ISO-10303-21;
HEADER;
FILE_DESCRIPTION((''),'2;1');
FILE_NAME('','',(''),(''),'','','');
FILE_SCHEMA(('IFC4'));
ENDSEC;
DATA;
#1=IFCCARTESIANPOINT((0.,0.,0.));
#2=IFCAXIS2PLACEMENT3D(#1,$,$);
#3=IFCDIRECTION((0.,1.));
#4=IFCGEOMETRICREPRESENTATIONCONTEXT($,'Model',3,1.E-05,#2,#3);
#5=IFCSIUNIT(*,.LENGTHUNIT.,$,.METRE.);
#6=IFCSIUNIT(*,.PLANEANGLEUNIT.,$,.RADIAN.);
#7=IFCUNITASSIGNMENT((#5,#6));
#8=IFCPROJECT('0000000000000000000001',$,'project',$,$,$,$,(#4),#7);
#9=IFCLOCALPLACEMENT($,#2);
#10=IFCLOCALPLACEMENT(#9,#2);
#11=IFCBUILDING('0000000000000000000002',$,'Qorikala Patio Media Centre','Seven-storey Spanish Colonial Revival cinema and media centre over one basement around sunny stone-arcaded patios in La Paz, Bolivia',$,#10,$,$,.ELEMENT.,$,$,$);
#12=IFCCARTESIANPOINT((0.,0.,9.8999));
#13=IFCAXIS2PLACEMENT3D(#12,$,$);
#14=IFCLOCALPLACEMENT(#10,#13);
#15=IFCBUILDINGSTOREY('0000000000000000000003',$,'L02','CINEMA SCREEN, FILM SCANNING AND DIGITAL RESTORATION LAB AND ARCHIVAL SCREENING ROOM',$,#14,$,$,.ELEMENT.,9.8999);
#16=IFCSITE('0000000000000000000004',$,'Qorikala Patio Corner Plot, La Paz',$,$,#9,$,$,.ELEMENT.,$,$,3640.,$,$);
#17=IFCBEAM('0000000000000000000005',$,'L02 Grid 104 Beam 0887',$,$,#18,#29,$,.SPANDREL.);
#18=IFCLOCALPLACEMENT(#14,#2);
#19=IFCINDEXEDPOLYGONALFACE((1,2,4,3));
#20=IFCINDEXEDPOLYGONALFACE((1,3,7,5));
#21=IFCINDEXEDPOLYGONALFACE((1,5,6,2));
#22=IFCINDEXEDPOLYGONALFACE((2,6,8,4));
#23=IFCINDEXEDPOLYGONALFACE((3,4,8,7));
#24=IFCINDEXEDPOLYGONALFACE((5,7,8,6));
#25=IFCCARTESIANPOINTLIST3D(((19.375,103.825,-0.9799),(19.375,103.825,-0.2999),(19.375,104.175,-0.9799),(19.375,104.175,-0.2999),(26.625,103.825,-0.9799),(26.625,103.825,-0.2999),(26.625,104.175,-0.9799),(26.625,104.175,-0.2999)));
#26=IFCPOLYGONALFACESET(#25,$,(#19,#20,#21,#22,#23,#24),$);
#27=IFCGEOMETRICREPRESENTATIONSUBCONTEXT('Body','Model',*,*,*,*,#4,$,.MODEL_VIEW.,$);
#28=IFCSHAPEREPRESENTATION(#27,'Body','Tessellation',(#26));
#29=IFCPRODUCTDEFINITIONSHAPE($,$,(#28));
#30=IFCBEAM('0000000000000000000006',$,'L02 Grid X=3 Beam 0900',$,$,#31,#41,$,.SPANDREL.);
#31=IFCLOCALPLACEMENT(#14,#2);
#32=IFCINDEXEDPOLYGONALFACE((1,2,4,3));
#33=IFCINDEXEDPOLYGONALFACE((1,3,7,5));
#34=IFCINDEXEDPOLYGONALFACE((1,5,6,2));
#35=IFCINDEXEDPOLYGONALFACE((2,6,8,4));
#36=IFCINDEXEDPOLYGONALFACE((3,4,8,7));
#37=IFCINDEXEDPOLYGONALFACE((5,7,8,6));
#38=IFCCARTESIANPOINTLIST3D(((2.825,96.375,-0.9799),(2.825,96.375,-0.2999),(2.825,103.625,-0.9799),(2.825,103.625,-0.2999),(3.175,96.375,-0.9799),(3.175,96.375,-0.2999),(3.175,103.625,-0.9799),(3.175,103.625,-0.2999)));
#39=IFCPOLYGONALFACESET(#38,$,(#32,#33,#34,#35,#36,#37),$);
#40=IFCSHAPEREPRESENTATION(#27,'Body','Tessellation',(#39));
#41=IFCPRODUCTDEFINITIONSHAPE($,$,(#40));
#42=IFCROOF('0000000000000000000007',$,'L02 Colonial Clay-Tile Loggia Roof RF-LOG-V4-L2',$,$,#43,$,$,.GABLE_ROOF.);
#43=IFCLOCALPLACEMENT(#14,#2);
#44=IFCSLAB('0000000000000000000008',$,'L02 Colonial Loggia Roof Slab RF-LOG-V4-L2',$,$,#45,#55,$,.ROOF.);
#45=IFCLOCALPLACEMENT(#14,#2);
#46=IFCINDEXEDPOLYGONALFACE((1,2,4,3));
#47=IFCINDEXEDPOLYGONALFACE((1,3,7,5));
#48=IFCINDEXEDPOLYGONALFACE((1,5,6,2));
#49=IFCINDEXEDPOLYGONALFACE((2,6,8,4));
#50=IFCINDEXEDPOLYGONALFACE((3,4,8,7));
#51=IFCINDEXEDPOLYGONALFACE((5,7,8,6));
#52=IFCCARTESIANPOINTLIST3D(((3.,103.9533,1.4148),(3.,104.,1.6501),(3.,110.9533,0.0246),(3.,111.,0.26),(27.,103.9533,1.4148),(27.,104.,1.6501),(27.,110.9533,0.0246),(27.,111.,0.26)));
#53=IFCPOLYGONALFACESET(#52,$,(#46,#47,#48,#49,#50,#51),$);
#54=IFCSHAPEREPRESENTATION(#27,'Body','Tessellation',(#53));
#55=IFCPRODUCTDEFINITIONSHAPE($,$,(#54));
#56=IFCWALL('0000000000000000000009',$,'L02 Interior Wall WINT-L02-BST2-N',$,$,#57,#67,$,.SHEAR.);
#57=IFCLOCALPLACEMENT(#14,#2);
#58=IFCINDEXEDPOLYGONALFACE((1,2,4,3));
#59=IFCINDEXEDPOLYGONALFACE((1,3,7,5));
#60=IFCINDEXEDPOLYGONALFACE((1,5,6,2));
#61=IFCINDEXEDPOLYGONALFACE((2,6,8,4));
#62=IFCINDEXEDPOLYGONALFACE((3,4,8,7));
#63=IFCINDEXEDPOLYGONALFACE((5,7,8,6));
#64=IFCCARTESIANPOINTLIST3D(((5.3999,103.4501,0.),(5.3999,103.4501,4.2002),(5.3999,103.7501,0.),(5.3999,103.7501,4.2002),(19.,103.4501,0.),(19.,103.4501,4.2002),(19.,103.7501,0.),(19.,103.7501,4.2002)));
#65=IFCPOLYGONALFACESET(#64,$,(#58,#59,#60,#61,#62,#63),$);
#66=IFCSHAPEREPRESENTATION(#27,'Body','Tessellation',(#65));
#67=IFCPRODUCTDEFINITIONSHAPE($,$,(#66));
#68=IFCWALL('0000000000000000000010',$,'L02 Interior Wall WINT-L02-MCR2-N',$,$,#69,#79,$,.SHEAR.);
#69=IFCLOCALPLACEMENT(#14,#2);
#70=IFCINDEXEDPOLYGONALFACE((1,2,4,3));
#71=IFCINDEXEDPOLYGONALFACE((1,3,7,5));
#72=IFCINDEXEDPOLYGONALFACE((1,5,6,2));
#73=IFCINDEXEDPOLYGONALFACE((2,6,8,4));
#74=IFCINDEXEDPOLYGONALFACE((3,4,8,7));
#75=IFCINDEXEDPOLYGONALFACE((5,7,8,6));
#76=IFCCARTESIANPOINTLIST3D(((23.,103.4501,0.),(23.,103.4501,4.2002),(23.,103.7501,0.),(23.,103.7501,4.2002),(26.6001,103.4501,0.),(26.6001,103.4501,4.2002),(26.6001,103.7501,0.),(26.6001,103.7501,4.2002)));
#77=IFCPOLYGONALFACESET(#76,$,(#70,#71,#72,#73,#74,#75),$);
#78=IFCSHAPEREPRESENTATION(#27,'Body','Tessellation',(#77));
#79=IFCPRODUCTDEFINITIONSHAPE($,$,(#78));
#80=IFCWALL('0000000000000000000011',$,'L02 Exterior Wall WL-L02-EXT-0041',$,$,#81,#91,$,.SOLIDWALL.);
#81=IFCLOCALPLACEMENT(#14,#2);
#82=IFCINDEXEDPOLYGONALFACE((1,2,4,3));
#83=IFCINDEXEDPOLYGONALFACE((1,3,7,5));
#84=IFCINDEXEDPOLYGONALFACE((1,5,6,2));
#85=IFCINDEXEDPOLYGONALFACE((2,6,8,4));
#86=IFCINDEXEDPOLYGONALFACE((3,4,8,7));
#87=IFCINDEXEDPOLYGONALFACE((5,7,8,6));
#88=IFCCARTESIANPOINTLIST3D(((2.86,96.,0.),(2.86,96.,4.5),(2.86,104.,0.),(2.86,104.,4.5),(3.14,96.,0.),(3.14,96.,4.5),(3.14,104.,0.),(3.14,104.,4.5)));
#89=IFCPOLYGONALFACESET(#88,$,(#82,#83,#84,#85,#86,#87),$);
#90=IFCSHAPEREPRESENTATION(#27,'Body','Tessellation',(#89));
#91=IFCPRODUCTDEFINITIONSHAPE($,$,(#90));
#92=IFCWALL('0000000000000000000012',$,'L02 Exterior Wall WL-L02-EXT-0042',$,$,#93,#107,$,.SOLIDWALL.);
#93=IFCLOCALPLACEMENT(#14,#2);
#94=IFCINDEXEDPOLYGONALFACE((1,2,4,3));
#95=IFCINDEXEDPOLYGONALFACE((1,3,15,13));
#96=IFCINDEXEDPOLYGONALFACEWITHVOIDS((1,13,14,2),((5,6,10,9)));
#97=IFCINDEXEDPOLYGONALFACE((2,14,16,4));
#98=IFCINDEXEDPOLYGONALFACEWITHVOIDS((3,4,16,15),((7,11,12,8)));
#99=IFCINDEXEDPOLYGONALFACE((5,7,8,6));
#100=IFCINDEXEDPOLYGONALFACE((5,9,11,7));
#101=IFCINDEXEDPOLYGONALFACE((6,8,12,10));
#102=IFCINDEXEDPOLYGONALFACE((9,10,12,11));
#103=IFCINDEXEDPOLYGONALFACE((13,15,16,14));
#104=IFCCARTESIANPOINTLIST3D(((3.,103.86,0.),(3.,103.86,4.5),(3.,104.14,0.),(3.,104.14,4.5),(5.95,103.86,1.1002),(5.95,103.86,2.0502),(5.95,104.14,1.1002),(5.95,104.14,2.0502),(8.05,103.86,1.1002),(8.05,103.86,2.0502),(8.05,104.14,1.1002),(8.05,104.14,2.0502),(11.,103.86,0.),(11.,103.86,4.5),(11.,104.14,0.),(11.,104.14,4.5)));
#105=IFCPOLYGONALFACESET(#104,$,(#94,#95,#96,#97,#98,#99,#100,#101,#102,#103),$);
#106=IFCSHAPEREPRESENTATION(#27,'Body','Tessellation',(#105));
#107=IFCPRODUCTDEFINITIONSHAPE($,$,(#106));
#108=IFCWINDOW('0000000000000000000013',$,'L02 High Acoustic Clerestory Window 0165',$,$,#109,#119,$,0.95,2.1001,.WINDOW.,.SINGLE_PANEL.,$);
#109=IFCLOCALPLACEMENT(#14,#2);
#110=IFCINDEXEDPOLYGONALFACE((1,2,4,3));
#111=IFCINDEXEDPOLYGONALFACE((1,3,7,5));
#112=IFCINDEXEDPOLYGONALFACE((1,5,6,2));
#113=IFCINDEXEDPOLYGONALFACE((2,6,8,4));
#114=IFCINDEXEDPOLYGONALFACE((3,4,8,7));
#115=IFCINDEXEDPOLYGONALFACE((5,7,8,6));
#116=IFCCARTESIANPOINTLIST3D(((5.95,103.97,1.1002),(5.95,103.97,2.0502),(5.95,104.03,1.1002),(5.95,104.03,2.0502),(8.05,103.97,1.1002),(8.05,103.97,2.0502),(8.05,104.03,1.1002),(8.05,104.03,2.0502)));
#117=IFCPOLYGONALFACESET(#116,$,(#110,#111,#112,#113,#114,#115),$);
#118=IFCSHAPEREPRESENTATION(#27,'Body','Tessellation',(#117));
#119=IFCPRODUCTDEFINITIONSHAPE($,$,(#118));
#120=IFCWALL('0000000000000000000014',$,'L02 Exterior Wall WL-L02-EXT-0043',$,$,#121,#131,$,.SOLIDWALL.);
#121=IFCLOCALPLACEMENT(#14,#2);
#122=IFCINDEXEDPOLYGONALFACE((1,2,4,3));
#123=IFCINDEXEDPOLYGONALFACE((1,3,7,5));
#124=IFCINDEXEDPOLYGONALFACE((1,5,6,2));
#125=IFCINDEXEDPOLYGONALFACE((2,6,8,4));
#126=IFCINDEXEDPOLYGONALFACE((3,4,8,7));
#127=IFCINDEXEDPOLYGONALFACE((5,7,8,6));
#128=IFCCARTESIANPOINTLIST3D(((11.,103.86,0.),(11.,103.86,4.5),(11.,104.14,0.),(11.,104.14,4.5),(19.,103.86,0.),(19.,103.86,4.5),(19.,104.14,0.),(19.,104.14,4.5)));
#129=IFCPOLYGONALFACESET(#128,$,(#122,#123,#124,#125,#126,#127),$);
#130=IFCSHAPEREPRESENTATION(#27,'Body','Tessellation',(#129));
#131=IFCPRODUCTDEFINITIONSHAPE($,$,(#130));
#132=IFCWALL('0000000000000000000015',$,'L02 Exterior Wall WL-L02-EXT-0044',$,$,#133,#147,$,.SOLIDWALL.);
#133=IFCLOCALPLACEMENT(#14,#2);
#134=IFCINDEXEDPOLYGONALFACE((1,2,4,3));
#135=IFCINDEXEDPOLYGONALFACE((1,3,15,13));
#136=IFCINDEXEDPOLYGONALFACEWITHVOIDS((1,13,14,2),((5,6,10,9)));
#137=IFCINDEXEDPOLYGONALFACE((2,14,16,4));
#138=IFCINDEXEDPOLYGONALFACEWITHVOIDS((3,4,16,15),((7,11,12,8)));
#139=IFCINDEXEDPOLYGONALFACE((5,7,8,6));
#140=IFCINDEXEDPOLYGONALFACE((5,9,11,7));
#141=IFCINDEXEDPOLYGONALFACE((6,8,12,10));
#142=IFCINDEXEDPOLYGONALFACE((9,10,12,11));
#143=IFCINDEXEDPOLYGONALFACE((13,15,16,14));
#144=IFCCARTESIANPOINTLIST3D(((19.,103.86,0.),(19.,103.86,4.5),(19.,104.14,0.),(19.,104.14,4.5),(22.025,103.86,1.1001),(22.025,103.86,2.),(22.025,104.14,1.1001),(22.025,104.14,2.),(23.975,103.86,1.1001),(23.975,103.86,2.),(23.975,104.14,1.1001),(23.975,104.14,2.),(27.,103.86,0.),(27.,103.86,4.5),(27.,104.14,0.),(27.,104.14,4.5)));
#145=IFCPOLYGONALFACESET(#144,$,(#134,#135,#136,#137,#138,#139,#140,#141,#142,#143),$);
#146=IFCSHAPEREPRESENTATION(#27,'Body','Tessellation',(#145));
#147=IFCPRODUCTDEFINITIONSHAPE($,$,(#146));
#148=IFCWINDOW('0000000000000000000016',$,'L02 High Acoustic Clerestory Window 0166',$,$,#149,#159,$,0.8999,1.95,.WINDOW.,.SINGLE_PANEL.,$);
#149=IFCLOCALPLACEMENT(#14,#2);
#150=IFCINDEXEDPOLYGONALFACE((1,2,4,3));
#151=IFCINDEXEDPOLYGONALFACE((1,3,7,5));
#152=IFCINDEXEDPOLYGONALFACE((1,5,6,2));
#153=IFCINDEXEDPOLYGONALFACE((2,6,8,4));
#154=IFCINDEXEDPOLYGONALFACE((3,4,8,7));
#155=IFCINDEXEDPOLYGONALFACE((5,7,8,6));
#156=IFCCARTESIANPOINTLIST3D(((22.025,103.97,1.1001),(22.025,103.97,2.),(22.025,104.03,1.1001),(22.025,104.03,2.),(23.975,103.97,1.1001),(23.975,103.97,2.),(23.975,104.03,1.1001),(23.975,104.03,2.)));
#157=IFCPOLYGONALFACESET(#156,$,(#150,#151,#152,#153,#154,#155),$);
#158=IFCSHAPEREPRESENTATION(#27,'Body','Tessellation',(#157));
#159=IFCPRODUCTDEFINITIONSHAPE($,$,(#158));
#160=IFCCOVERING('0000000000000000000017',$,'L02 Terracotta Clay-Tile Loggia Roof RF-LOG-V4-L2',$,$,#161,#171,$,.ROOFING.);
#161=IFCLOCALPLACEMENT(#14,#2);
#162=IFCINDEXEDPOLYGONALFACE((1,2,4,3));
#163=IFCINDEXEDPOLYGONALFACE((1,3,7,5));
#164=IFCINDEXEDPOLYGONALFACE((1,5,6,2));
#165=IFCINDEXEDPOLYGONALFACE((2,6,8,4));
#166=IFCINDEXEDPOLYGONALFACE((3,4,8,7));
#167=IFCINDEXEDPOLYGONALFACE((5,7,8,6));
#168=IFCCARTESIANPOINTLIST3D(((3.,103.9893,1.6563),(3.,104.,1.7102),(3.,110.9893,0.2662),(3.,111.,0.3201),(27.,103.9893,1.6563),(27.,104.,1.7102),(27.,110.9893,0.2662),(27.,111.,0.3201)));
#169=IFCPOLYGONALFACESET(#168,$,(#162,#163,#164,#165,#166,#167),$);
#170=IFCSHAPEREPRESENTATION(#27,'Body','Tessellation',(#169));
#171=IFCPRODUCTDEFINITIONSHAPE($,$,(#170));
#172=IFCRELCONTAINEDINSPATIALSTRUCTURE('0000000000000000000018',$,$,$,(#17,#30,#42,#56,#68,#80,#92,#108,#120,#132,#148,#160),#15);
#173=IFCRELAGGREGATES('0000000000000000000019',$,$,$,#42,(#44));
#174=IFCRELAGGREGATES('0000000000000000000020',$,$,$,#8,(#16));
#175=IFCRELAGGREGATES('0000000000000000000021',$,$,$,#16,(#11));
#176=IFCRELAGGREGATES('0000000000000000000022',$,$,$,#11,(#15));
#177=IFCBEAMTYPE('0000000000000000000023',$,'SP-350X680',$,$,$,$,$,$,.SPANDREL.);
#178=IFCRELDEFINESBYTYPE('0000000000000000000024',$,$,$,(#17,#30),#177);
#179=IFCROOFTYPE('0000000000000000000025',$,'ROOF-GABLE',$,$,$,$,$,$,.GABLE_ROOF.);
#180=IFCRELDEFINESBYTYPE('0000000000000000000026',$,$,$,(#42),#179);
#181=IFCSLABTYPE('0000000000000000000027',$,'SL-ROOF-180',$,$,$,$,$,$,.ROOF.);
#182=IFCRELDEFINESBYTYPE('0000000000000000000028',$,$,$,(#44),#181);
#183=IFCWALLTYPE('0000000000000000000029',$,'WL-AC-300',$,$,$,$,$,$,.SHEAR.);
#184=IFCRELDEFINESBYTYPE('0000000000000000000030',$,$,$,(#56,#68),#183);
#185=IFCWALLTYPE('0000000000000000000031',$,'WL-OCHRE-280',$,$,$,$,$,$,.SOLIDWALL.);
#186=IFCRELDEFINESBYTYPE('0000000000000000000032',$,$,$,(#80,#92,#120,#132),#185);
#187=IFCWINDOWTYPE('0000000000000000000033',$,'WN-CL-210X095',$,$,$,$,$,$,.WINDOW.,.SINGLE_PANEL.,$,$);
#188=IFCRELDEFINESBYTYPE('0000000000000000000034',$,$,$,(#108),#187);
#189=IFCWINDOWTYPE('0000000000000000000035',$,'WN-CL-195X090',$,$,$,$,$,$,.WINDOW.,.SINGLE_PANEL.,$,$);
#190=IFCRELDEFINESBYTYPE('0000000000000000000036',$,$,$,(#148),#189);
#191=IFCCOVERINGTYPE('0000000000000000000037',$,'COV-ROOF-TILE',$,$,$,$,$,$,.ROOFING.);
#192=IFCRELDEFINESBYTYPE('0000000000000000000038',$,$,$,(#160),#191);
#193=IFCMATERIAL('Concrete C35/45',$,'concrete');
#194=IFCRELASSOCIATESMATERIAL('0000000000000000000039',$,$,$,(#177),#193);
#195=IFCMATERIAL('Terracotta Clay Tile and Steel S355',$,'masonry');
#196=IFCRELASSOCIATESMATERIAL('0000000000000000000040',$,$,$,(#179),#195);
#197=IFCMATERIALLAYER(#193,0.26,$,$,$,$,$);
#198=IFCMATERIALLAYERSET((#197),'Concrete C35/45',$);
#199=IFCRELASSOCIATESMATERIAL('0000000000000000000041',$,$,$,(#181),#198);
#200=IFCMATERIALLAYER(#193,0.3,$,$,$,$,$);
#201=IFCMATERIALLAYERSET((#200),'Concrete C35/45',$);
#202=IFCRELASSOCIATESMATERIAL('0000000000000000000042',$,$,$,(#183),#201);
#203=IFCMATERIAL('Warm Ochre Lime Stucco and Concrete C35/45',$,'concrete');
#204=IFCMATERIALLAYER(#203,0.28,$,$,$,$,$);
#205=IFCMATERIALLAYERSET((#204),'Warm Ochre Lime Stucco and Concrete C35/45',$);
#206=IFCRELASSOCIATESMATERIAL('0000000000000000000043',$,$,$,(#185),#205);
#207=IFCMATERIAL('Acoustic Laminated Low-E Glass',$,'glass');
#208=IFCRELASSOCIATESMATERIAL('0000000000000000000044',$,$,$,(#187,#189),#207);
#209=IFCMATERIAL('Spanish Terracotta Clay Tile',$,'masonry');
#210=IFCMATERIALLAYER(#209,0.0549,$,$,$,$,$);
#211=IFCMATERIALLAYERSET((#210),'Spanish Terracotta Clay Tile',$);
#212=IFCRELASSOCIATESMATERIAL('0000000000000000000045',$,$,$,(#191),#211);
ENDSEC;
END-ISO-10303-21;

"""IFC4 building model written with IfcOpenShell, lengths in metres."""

from ifc_helpers import new_model, si_unit, direction, frame, frame_2d, origin, origin_2d, place, context, subcontext, project, spatial, polyline, rectangle, outline, extrude, material, layer, layer_set, material_profile, profile_set, type_object, element, fill, aggregate, save


model = new_model("IFC4")

# Units and contexts
model_context = context("Model", 3, precision=1e-05, world=origin(), true_north=direction((0.0, 1.0)))
body_context = subcontext(model_context, "Body", "Model", "MODEL_VIEW")
ifc_project = project(units=[si_unit("LENGTHUNIT", "METRE"), si_unit("PLANEANGLEUNIT", "RADIAN")], contexts=[model_context])

# Site, building, storey
site_placement = place(None, origin())
site = spatial("IfcSite", under=ifc_project, at=site_placement, Name="Qorikala Patio Corner Plot, La Paz", CompositionType="ELEMENT", RefElevation=3640.0)
building_placement = place(site_placement, origin())
building = spatial("IfcBuilding", under=site, at=building_placement, Name="Qorikala Patio Media Centre", Description="Seven-storey Spanish Colonial Revival cinema and media centre over one basement around sunny stone-arcaded patios in La Paz, Bolivia", CompositionType="ELEMENT")
storey_placement = place(building_placement, frame((0.0, 0.0, 9.8999)))
storey = spatial("IfcBuildingStorey", under=building, at=storey_placement, Name="L02", Description="CINEMA SCREEN, FILM SCANNING AND DIGITAL RESTORATION LAB AND ARCHIVAL SCREENING ROOM", CompositionType="ELEMENT", Elevation=9.8999)

# Shared definitions
ifc_material_1 = material(Name="Concrete C35/45", Category="concrete")

# Beams
ifc_material_profile_1 = material_profile(ifc_material_1, rectangle(XDim=0.3501, YDim=0.6799, at=origin_2d()), Name="RC 350x680")
ifc_profile_set_1 = profile_set([ifc_material_profile_1], Name="Concrete C35/45")
beam_type_1 = type_object("IfcBeamType", Name="SP-350X680", PredefinedType="SPANDREL", material=ifc_profile_set_1)
for number, where, z_axis, x_axis, name in (
    (1, (19.375, 104.0, -0.6399), (1.0, 0.0, 0.0), (0.0, 1.0, 0.0), "L02 Grid 104 Beam 0887"),
    (2, (3.0, 96.375, -0.6399), (0.0, 1.0, 0.0), (-1.0, 0.0, 0.0), "L02 Grid X=3 Beam 0900"),
):
    element("IfcBeam", number, at=place(storey_placement, frame(where, z_axis=z_axis, x_axis=x_axis)), inside=storey, type_object=beam_type_1, Name=name, PredefinedType="SPANDREL", context=body_context, shape_type="SweptSolid", body=[
        extrude(rectangle(XDim=0.3501, YDim=0.6799, at=origin_2d()), origin(), (0.0, 0.0, 1.0), 7.25),
    ])

# Roof, slab
ifc_material_2 = material(Name="Terracotta Clay Tile and Steel S355", Category="masonry")
roof_type = type_object("IfcRoofType", Name="ROOF-GABLE", PredefinedType="GABLE_ROOF", material=ifc_material_2)
roof_placement = place(storey_placement, origin())
roof = element("IfcRoof", 3, at=roof_placement, inside=storey, type_object=roof_type, Name="L02 Colonial Clay-Tile Loggia Roof RF-LOG-V4-L2", PredefinedType="GABLE_ROOF")
ifc_layer_1 = layer(ifc_material_1, 0.26)
ifc_layer_set_1 = layer_set([ifc_layer_1], Name="Concrete C35/45")
slab_type = type_object("IfcSlabType", Name="SL-ROOF-180", PredefinedType="ROOF", material=ifc_layer_set_1)
slab_placement = place(storey_placement, frame((3.0, 111.0, 0.26), z_axis=(0.0, 0.194787, 0.980846), x_axis=(1.0, 0.0, 0.0)))
slab = element("IfcSlab", 4, at=slab_placement, type_object=slab_type, Name="L02 Colonial Loggia Roof Slab RF-LOG-V4-L2", PredefinedType="ROOF", context=body_context, shape_type="SweptSolid", body=[
    extrude(outline(polyline([(0.0, 0.0), (24.0, 0.0), (24.0, -7.1367), (0.0, -7.1367), (0.0, 0.0)])), origin(), (0.0, 0.0, -1.0), 0.24),
])
aggregate(roof, [slab])

# Walls
ifc_layer_2 = layer(ifc_material_1, 0.3)
ifc_layer_set_2 = layer_set([ifc_layer_2], Name="Concrete C35/45")
wall_type_1 = type_object("IfcWallType", Name="WL-AC-300", PredefinedType="SHEAR", material=ifc_layer_set_2)
wall_1_placement = place(storey_placement, frame((5.3999, 103.6001, 0.0), z_axis=(0.0, 0.0, 1.0), x_axis=(1.0, 0.0, 0.0)))
element("IfcWall", 5, at=wall_1_placement, inside=storey, type_object=wall_type_1, Name="L02 Interior Wall WINT-L02-BST2-N", PredefinedType="SHEAR", context=body_context, shape_type="SweptSolid", body=[
    extrude(rectangle(XDim=13.6001, YDim=0.3, at=frame_2d((6.8, 0.0))), origin(), (0.0, 0.0, 1.0), 4.2002),
])
wall_2_placement = place(storey_placement, frame((23.0, 103.6001, 0.0), z_axis=(0.0, 0.0, 1.0), x_axis=(1.0, 0.0, 0.0)))
element("IfcWall", 6, at=wall_2_placement, inside=storey, type_object=wall_type_1, Name="L02 Interior Wall WINT-L02-MCR2-N", PredefinedType="SHEAR", context=body_context, shape_type="SweptSolid", body=[
    extrude(rectangle(XDim=3.6001, YDim=0.3, at=frame_2d((1.8, 0.0))), origin(), (0.0, 0.0, 1.0), 4.2002),
])
ifc_material_3 = material(Name="Warm Ochre Lime Stucco and Concrete C35/45", Category="concrete")
ifc_layer_3 = layer(ifc_material_3, 0.28)
ifc_layer_set_3 = layer_set([ifc_layer_3], Name="Warm Ochre Lime Stucco and Concrete C35/45")
wall_type_2 = type_object("IfcWallType", Name="WL-OCHRE-280", PredefinedType="SOLIDWALL", material=ifc_layer_set_3)
wall_3_placement = place(storey_placement, frame((3.0, 96.0, 0.0), z_axis=(0.0, 0.0, 1.0), x_axis=(0.0, 1.0, 0.0)))
element("IfcWall", 7, at=wall_3_placement, inside=storey, type_object=wall_type_2, Name="L02 Exterior Wall WL-L02-EXT-0041", PredefinedType="SOLIDWALL", context=body_context, shape_type="SweptSolid", body=[
    extrude(rectangle(XDim=8.0, YDim=0.28, at=frame_2d((4.0, 0.0))), origin(), (0.0, 0.0, 1.0), 4.5),
])

# Wall, opening, window
wall_4_placement = place(storey_placement, frame((3.0, 104.0, 0.0), z_axis=(0.0, 0.0, 1.0), x_axis=(1.0, 0.0, 0.0)))
wall_4 = element("IfcWall", 8, at=wall_4_placement, inside=storey, type_object=wall_type_2, Name="L02 Exterior Wall WL-L02-EXT-0042", PredefinedType="SOLIDWALL", context=body_context, shape_type="SweptSolid", body=[
    extrude(rectangle(XDim=8.0, YDim=0.28, at=frame_2d((4.0, 0.0))), origin(), (0.0, 0.0, 1.0), 4.5),
])
opening_1_placement = place(wall_4_placement, frame((2.95, 0.0, 1.1001)))
opening_1 = element("IfcOpeningElement", 9, at=opening_1_placement, cuts=wall_4, PredefinedType="OPENING", context=body_context, shape_type="SweptSolid", body=[
    extrude(rectangle(XDim=2.1001, YDim=0.95, at=frame_2d((1.05, 0.4751))), frame((0.0, 0.1499, 0.0), z_axis=(0.0, -1.0, 0.0), x_axis=(1.0, 0.0, 0.0)), (0.0, 0.0, 1.0), 0.3),
])
ifc_material_4 = material(Name="Acoustic Laminated Low-E Glass", Category="glass")
window_type_1 = type_object("IfcWindowType", Name="WN-CL-210X095", PartitioningType="SINGLE_PANEL", PredefinedType="WINDOW", material=ifc_material_4)
window_1_placement = place(opening_1_placement, origin())
window_1 = element("IfcWindow", 10, at=window_1_placement, inside=storey, type_object=window_type_1, Name="L02 High Acoustic Clerestory Window 0165", OverallHeight=0.95, OverallWidth=2.1001, PartitioningType="SINGLE_PANEL", PredefinedType="WINDOW", context=body_context, shape_type="SweptSolid", body=[
    extrude(rectangle(XDim=2.1001, YDim=0.95, at=frame_2d((1.05, 0.4751))), frame((0.0, 0.03, 0.0), z_axis=(0.0, -1.0, 0.0), x_axis=(1.0, 0.0, 0.0)), (0.0, 0.0, 1.0), 0.0601),
])
fill(opening_1, window_1)

# Wall
wall_5_placement = place(storey_placement, frame((11.0, 104.0, 0.0), z_axis=(0.0, 0.0, 1.0), x_axis=(1.0, 0.0, 0.0)))
element("IfcWall", 11, at=wall_5_placement, inside=storey, type_object=wall_type_2, Name="L02 Exterior Wall WL-L02-EXT-0043", PredefinedType="SOLIDWALL", context=body_context, shape_type="SweptSolid", body=[
    extrude(rectangle(XDim=8.0, YDim=0.28, at=frame_2d((4.0, 0.0))), origin(), (0.0, 0.0, 1.0), 4.5),
])

# Wall, opening, window
wall_6_placement = place(storey_placement, frame((19.0, 104.0, 0.0), z_axis=(0.0, 0.0, 1.0), x_axis=(1.0, 0.0, 0.0)))
wall_6 = element("IfcWall", 12, at=wall_6_placement, inside=storey, type_object=wall_type_2, Name="L02 Exterior Wall WL-L02-EXT-0044", PredefinedType="SOLIDWALL", context=body_context, shape_type="SweptSolid", body=[
    extrude(rectangle(XDim=8.0, YDim=0.28, at=frame_2d((4.0, 0.0))), origin(), (0.0, 0.0, 1.0), 4.5),
])
opening_2_placement = place(wall_6_placement, frame((3.0249, 0.0, 1.1001)))
opening_2 = element("IfcOpeningElement", 13, at=opening_2_placement, cuts=wall_6, PredefinedType="OPENING", context=body_context, shape_type="SweptSolid", body=[
    extrude(rectangle(XDim=1.95, YDim=0.8999, at=frame_2d((0.9751, 0.45))), frame((0.0, 0.1499, 0.0), z_axis=(0.0, -1.0, 0.0), x_axis=(1.0, 0.0, 0.0)), (0.0, 0.0, 1.0), 0.3),
])
window_type_2 = type_object("IfcWindowType", Name="WN-CL-195X090", PartitioningType="SINGLE_PANEL", PredefinedType="WINDOW", material=ifc_material_4)
window_2_placement = place(opening_2_placement, origin())
window_2 = element("IfcWindow", 14, at=window_2_placement, inside=storey, type_object=window_type_2, Name="L02 High Acoustic Clerestory Window 0166", OverallHeight=0.8999, OverallWidth=1.95, PartitioningType="SINGLE_PANEL", PredefinedType="WINDOW", context=body_context, shape_type="SweptSolid", body=[
    extrude(rectangle(XDim=1.95, YDim=0.8999, at=frame_2d((0.9751, 0.45))), frame((0.0, 0.03, 0.0), z_axis=(0.0, -1.0, 0.0), x_axis=(1.0, 0.0, 0.0)), (0.0, 0.0, 1.0), 0.0601),
])
fill(opening_2, window_2)

# Covering
ifc_material_5 = material(Name="Spanish Terracotta Clay Tile", Category="masonry")
ifc_layer_4 = layer(ifc_material_5, 0.0549)
ifc_layer_set_4 = layer_set([ifc_layer_4], Name="Spanish Terracotta Clay Tile")
covering_type = type_object("IfcCoveringType", Name="COV-ROOF-TILE", PredefinedType="ROOFING", material=ifc_layer_set_4)
covering_placement = place(storey_placement, frame((3.0, 111.0, 0.3201), z_axis=(0.0, 0.194787, 0.980846), x_axis=(1.0, 0.0, 0.0)))
element("IfcCovering", 15, at=covering_placement, inside=storey, type_object=covering_type, Name="L02 Terracotta Clay-Tile Loggia Roof RF-LOG-V4-L2", PredefinedType="ROOFING", context=body_context, shape_type="SweptSolid", body=[
    extrude(outline(polyline([(0.0, 0.0), (24.0, 0.0), (24.0, -7.1367), (0.0, -7.1367), (0.0, 0.0)])), origin(), (0.0, 0.0, -1.0), 0.0549),
])

save(model, "model.ifc")
